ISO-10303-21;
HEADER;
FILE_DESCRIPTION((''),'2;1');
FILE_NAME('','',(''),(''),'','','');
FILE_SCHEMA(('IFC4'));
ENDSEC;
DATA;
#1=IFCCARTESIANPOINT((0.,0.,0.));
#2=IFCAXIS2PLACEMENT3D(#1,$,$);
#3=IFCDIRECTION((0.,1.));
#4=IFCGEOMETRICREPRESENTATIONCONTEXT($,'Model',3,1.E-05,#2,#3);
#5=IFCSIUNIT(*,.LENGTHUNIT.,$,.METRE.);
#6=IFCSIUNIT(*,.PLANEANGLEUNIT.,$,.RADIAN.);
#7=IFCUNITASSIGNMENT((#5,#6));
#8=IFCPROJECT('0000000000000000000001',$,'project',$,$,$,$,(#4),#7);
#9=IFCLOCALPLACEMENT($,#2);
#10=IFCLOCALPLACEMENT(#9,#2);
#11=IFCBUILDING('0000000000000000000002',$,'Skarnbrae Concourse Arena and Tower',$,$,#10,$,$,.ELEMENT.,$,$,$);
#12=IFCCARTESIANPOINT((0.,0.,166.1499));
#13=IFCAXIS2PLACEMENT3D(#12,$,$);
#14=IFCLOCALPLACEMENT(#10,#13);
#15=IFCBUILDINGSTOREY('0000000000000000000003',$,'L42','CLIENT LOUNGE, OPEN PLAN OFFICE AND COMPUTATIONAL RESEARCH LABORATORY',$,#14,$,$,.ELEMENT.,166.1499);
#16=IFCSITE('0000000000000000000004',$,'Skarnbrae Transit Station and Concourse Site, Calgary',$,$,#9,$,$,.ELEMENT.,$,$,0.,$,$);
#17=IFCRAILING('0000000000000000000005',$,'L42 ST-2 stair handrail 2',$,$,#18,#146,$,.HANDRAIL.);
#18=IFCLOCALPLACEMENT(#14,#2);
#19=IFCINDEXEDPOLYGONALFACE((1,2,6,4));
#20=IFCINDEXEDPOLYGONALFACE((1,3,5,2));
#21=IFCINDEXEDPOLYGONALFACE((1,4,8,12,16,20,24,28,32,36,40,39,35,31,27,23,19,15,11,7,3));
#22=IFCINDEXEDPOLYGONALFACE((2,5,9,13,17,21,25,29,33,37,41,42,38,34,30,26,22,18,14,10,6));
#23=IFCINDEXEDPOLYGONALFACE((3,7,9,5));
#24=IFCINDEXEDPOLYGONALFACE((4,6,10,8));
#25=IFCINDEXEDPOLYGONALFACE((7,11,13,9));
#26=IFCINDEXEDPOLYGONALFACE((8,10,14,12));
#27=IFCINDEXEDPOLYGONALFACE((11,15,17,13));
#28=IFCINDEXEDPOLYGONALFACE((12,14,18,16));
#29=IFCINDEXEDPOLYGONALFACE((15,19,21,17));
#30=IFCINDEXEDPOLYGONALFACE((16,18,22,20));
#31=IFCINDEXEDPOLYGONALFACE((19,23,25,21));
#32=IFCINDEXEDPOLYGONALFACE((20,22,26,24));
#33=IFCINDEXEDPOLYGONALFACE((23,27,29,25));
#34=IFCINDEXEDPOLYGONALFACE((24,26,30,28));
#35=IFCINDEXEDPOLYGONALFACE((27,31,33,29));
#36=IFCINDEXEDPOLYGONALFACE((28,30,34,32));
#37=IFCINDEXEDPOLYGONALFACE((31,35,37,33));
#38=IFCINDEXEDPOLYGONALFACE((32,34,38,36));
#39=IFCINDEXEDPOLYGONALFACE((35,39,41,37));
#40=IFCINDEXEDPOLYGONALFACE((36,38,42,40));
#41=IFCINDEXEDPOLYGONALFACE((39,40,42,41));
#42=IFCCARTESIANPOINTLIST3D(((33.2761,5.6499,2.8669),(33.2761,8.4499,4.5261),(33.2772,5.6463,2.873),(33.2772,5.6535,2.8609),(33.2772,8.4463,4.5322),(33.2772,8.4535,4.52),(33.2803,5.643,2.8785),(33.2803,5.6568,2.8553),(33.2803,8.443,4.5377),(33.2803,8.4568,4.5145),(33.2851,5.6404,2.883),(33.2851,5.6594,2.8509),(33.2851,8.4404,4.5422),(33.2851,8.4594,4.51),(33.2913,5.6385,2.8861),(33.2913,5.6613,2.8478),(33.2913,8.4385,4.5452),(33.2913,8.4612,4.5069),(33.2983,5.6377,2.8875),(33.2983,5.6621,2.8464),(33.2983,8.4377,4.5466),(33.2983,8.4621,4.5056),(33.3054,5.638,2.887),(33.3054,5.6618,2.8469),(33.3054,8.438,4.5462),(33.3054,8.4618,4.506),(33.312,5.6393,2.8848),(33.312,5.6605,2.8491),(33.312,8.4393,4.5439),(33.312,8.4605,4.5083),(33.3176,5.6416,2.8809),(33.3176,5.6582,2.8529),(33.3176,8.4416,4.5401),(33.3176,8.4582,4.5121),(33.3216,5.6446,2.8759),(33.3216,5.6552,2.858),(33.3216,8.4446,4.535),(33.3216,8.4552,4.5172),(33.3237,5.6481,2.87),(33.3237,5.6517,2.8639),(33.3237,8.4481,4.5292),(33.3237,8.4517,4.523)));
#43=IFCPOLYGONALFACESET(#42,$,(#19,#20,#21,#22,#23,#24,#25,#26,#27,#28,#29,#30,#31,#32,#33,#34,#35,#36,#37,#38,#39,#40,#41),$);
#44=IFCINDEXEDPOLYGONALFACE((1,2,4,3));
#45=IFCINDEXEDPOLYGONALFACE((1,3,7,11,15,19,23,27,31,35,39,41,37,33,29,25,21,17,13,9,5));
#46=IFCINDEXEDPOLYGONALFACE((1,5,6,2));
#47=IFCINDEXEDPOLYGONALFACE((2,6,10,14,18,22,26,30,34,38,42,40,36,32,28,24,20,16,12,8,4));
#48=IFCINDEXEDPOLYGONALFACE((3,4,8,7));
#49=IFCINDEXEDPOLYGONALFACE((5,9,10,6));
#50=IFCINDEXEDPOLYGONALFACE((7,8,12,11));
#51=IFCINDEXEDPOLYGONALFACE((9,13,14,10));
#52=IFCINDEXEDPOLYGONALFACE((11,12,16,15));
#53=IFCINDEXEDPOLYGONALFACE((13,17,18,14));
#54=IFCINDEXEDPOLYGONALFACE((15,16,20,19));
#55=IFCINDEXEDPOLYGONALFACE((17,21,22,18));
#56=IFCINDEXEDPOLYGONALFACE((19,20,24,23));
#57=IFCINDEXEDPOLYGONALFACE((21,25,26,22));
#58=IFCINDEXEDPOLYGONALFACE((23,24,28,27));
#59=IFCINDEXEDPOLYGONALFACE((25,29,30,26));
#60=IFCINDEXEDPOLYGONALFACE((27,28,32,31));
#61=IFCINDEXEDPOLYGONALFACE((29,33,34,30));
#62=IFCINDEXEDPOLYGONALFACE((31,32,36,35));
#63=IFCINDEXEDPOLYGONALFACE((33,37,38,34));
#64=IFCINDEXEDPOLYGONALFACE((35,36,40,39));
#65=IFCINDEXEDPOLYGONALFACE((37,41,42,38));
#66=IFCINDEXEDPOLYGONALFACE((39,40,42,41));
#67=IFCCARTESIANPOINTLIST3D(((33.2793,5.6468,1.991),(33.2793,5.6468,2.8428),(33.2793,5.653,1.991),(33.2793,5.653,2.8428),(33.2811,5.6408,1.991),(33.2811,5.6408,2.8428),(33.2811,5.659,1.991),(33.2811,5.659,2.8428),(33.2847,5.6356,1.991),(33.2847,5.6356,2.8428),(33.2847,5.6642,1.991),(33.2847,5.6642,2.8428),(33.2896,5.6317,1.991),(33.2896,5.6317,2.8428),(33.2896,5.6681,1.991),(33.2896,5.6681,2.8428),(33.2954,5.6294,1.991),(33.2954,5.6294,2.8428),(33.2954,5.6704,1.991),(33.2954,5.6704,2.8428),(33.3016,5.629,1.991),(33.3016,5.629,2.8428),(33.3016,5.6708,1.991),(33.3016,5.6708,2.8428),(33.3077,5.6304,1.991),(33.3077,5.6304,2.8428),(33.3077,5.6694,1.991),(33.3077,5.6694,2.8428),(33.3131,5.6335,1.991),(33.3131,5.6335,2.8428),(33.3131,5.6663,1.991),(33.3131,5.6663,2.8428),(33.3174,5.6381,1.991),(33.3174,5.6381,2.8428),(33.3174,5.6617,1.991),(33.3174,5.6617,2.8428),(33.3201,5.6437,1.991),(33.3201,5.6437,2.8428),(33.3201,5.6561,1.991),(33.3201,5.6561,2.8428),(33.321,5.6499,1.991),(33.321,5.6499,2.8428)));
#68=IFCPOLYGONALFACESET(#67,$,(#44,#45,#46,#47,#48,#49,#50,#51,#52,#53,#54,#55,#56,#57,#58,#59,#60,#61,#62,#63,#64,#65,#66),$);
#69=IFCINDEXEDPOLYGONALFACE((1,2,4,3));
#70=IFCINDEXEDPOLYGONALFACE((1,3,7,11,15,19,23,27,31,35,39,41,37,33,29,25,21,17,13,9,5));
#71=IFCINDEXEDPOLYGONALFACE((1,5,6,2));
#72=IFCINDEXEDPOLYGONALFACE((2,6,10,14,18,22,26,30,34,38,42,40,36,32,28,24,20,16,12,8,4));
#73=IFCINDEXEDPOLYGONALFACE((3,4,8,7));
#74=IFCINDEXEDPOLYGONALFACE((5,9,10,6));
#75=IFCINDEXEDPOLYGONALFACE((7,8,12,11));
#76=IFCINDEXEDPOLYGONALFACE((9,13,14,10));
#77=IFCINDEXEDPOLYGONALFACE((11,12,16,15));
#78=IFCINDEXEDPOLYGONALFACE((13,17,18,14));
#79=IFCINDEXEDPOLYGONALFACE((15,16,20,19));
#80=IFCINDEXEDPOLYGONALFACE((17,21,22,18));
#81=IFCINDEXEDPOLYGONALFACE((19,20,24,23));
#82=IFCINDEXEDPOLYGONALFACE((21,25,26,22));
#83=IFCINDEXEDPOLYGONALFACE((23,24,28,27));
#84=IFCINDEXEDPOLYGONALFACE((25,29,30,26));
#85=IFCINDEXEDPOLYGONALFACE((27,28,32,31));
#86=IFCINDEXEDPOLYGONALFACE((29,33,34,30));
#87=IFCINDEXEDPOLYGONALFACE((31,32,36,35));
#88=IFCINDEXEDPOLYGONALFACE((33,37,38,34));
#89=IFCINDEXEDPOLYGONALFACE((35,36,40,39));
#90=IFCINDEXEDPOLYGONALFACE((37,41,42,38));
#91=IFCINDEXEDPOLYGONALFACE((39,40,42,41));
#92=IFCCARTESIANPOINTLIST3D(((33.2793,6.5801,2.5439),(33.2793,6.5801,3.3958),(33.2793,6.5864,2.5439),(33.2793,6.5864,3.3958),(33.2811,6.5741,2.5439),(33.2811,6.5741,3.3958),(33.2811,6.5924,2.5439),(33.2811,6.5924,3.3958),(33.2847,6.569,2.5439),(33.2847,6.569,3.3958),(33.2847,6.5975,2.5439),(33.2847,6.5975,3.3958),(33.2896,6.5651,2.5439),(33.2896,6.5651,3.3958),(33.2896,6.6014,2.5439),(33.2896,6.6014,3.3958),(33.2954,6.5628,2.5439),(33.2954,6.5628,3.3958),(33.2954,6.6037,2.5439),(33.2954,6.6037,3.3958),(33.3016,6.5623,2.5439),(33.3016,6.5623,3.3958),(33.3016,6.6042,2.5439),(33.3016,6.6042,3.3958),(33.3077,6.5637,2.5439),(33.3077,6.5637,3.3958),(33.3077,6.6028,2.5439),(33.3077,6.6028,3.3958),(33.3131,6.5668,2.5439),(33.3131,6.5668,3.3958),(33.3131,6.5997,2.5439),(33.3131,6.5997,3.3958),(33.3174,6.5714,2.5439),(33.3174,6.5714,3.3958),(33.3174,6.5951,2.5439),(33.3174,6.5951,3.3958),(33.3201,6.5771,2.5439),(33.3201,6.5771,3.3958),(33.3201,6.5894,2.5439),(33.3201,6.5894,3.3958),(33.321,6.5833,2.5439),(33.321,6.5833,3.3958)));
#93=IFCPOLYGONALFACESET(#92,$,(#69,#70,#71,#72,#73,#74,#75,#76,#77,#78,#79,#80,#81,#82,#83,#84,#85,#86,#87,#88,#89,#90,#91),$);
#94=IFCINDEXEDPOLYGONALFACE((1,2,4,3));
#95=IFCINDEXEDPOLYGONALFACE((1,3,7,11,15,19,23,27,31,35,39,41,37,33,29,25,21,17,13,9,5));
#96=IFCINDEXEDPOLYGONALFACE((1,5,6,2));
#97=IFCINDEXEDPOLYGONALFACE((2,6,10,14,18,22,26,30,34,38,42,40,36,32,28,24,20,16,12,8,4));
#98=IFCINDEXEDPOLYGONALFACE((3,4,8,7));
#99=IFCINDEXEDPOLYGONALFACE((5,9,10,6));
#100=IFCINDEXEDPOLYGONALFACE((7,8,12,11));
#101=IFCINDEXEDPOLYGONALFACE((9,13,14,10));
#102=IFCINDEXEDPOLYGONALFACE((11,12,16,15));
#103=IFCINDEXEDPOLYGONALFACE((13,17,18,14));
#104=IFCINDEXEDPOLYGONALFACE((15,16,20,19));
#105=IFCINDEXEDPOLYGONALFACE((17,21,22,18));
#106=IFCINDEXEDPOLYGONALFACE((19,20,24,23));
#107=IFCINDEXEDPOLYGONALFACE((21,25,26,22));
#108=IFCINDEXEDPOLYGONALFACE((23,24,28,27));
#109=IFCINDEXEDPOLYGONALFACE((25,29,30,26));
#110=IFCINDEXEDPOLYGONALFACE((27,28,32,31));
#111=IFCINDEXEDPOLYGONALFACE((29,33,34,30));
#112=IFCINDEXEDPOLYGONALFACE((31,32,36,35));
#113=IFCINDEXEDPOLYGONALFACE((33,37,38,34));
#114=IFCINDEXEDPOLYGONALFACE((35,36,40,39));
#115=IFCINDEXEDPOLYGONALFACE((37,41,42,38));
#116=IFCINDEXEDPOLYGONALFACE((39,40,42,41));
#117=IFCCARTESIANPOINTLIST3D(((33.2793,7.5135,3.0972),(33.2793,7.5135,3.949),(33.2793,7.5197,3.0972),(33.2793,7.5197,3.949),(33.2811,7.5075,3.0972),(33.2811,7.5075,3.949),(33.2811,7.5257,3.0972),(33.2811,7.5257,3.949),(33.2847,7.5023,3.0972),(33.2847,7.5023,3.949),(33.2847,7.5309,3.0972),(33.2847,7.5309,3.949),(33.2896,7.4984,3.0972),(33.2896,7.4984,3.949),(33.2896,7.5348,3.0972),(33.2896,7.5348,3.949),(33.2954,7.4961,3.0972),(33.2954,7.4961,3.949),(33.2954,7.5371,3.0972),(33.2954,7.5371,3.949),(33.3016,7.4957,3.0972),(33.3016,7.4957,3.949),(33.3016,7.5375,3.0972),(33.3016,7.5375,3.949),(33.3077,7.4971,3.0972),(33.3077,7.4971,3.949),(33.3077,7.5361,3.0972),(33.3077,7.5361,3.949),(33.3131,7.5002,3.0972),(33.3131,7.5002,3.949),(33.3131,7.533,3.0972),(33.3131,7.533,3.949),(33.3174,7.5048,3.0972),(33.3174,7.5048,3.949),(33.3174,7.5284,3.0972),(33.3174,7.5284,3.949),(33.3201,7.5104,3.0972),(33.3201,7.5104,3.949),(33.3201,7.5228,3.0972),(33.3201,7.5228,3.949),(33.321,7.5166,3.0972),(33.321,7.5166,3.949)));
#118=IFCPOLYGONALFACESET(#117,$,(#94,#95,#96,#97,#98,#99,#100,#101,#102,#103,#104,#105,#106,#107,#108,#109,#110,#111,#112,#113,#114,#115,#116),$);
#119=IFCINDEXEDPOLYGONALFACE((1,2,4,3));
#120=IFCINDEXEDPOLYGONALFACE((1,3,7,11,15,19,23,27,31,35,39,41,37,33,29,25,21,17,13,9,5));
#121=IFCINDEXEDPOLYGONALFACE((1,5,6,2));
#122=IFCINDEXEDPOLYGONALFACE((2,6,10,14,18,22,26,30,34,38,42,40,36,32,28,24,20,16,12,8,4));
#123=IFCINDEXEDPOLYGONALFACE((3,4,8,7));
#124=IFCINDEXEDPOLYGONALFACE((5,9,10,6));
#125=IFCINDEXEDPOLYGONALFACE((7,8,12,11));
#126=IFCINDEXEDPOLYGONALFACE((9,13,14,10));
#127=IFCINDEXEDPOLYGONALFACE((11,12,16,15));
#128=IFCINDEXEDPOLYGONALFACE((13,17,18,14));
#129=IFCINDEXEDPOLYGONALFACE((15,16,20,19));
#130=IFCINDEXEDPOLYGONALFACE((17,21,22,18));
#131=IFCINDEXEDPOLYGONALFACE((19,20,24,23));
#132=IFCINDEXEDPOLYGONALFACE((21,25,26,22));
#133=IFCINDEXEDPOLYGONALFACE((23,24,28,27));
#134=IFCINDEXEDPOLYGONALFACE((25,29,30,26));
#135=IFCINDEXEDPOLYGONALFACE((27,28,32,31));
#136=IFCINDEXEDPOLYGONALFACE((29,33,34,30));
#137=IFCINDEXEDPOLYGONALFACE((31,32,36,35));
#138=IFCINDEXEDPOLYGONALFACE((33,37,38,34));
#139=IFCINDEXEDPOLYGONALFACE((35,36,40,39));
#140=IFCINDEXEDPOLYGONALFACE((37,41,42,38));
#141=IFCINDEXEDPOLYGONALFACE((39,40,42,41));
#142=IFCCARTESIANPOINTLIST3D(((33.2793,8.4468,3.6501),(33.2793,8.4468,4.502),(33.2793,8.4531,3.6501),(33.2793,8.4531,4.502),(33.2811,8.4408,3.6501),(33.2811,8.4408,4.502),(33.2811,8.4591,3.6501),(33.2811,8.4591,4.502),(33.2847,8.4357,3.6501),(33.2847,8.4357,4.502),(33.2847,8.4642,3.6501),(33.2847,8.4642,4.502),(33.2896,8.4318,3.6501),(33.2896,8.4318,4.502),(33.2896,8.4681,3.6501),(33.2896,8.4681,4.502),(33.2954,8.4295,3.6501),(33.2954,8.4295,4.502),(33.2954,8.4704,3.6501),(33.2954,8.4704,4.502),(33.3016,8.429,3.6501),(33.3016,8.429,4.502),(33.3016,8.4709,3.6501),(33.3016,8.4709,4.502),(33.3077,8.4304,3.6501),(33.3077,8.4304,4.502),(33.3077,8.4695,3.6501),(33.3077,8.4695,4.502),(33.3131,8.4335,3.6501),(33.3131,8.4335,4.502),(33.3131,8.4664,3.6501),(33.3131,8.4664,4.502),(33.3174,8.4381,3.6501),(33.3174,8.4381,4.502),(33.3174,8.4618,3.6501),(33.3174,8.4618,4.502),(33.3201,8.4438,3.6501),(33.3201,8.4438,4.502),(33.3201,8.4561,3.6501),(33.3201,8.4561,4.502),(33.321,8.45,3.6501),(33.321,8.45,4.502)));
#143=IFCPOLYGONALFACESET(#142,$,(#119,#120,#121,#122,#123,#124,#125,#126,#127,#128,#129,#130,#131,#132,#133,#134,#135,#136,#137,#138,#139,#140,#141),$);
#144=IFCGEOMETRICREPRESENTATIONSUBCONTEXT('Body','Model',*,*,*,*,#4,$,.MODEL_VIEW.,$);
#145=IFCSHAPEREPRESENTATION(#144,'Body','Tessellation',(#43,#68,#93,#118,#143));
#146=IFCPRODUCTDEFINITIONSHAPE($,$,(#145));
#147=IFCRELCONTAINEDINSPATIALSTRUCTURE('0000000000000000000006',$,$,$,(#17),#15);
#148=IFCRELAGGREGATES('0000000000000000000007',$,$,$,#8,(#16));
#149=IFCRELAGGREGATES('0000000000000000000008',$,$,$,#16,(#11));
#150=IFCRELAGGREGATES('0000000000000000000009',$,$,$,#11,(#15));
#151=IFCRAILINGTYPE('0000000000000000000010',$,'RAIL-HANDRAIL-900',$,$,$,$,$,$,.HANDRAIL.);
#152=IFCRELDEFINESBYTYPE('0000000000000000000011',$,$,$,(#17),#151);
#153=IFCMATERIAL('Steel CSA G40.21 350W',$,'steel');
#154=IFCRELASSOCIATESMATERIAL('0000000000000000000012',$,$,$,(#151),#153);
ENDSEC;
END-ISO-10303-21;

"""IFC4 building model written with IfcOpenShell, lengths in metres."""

from ifc_helpers import new_model, si_unit, direction, frame, origin, origin_2d, place, context, subcontext, project, spatial, circle, extrude, material, type_object, element, save


model = new_model("IFC4")

# Units and contexts
model_context = context("Model", 3, precision=1e-05, world=origin(), true_north=direction((0.0, 1.0)))
body_context = subcontext(model_context, "Body", "Model", "MODEL_VIEW")
ifc_project = project(units=[si_unit("LENGTHUNIT", "METRE"), si_unit("PLANEANGLEUNIT", "RADIAN")], contexts=[model_context])

# Site, building, storey
site_placement = place(None, origin())
site = spatial("IfcSite", under=ifc_project, at=site_placement, Name="Skarnbrae Transit Station and Concourse Site, Calgary", CompositionType="ELEMENT", RefElevation=0.0)
building_placement = place(site_placement, origin())
building = spatial("IfcBuilding", under=site, at=building_placement, Name="Skarnbrae Concourse Arena and Tower", CompositionType="ELEMENT")
storey_placement = place(building_placement, frame((0.0, 0.0, 166.1499)))
storey = spatial("IfcBuildingStorey", under=building, at=storey_placement, Name="L42", Description="CLIENT LOUNGE, OPEN PLAN OFFICE AND COMPUTATIONAL RESEARCH LABORATORY", CompositionType="ELEMENT", Elevation=166.1499)

# Shared definitions
ifc_material_1 = material(Name="Steel CSA G40.21 350W", Category="steel")

# Railing
railing_type_1 = type_object("IfcRailingType", Name="RAIL-HANDRAIL-900", PredefinedType="HANDRAIL", material=ifc_material_1)
railing_1_placement = place(storey_placement, frame((33.3, 5.6499, 1.991)))
element("IfcRailing", 1, at=railing_1_placement, inside=storey, type_object=railing_type_1, Name="L42 ST-2 stair handrail 2", PredefinedType="HANDRAIL", context=body_context, shape_type="SweptSolid", body=[
    extrude(circle(Radius=0.0239, at=origin_2d()), frame((0.0, 0.0, 0.876), z_axis=(0.0, 0.860306, 0.509778), x_axis=(-1.0, 0.0, 0.0)), (0.0, 0.0, 1.0), 3.2546),
    extrude(circle(Radius=0.021, at=origin_2d()), origin(), (0.0, 0.0, 1.0), 0.8518),
    extrude(circle(Radius=0.021, at=origin_2d()), frame((0.0, 0.9333, 0.553)), (0.0, 0.0, 1.0), 0.8518),
    extrude(circle(Radius=0.021, at=origin_2d()), frame((0.0, 1.8667, 1.1062)), (0.0, 0.0, 1.0), 0.8518),
    extrude(circle(Radius=0.021, at=origin_2d()), frame((0.0, 2.8, 1.6592)), (0.0, 0.0, 1.0), 0.8518),
])

save(model, "model.ifc")
